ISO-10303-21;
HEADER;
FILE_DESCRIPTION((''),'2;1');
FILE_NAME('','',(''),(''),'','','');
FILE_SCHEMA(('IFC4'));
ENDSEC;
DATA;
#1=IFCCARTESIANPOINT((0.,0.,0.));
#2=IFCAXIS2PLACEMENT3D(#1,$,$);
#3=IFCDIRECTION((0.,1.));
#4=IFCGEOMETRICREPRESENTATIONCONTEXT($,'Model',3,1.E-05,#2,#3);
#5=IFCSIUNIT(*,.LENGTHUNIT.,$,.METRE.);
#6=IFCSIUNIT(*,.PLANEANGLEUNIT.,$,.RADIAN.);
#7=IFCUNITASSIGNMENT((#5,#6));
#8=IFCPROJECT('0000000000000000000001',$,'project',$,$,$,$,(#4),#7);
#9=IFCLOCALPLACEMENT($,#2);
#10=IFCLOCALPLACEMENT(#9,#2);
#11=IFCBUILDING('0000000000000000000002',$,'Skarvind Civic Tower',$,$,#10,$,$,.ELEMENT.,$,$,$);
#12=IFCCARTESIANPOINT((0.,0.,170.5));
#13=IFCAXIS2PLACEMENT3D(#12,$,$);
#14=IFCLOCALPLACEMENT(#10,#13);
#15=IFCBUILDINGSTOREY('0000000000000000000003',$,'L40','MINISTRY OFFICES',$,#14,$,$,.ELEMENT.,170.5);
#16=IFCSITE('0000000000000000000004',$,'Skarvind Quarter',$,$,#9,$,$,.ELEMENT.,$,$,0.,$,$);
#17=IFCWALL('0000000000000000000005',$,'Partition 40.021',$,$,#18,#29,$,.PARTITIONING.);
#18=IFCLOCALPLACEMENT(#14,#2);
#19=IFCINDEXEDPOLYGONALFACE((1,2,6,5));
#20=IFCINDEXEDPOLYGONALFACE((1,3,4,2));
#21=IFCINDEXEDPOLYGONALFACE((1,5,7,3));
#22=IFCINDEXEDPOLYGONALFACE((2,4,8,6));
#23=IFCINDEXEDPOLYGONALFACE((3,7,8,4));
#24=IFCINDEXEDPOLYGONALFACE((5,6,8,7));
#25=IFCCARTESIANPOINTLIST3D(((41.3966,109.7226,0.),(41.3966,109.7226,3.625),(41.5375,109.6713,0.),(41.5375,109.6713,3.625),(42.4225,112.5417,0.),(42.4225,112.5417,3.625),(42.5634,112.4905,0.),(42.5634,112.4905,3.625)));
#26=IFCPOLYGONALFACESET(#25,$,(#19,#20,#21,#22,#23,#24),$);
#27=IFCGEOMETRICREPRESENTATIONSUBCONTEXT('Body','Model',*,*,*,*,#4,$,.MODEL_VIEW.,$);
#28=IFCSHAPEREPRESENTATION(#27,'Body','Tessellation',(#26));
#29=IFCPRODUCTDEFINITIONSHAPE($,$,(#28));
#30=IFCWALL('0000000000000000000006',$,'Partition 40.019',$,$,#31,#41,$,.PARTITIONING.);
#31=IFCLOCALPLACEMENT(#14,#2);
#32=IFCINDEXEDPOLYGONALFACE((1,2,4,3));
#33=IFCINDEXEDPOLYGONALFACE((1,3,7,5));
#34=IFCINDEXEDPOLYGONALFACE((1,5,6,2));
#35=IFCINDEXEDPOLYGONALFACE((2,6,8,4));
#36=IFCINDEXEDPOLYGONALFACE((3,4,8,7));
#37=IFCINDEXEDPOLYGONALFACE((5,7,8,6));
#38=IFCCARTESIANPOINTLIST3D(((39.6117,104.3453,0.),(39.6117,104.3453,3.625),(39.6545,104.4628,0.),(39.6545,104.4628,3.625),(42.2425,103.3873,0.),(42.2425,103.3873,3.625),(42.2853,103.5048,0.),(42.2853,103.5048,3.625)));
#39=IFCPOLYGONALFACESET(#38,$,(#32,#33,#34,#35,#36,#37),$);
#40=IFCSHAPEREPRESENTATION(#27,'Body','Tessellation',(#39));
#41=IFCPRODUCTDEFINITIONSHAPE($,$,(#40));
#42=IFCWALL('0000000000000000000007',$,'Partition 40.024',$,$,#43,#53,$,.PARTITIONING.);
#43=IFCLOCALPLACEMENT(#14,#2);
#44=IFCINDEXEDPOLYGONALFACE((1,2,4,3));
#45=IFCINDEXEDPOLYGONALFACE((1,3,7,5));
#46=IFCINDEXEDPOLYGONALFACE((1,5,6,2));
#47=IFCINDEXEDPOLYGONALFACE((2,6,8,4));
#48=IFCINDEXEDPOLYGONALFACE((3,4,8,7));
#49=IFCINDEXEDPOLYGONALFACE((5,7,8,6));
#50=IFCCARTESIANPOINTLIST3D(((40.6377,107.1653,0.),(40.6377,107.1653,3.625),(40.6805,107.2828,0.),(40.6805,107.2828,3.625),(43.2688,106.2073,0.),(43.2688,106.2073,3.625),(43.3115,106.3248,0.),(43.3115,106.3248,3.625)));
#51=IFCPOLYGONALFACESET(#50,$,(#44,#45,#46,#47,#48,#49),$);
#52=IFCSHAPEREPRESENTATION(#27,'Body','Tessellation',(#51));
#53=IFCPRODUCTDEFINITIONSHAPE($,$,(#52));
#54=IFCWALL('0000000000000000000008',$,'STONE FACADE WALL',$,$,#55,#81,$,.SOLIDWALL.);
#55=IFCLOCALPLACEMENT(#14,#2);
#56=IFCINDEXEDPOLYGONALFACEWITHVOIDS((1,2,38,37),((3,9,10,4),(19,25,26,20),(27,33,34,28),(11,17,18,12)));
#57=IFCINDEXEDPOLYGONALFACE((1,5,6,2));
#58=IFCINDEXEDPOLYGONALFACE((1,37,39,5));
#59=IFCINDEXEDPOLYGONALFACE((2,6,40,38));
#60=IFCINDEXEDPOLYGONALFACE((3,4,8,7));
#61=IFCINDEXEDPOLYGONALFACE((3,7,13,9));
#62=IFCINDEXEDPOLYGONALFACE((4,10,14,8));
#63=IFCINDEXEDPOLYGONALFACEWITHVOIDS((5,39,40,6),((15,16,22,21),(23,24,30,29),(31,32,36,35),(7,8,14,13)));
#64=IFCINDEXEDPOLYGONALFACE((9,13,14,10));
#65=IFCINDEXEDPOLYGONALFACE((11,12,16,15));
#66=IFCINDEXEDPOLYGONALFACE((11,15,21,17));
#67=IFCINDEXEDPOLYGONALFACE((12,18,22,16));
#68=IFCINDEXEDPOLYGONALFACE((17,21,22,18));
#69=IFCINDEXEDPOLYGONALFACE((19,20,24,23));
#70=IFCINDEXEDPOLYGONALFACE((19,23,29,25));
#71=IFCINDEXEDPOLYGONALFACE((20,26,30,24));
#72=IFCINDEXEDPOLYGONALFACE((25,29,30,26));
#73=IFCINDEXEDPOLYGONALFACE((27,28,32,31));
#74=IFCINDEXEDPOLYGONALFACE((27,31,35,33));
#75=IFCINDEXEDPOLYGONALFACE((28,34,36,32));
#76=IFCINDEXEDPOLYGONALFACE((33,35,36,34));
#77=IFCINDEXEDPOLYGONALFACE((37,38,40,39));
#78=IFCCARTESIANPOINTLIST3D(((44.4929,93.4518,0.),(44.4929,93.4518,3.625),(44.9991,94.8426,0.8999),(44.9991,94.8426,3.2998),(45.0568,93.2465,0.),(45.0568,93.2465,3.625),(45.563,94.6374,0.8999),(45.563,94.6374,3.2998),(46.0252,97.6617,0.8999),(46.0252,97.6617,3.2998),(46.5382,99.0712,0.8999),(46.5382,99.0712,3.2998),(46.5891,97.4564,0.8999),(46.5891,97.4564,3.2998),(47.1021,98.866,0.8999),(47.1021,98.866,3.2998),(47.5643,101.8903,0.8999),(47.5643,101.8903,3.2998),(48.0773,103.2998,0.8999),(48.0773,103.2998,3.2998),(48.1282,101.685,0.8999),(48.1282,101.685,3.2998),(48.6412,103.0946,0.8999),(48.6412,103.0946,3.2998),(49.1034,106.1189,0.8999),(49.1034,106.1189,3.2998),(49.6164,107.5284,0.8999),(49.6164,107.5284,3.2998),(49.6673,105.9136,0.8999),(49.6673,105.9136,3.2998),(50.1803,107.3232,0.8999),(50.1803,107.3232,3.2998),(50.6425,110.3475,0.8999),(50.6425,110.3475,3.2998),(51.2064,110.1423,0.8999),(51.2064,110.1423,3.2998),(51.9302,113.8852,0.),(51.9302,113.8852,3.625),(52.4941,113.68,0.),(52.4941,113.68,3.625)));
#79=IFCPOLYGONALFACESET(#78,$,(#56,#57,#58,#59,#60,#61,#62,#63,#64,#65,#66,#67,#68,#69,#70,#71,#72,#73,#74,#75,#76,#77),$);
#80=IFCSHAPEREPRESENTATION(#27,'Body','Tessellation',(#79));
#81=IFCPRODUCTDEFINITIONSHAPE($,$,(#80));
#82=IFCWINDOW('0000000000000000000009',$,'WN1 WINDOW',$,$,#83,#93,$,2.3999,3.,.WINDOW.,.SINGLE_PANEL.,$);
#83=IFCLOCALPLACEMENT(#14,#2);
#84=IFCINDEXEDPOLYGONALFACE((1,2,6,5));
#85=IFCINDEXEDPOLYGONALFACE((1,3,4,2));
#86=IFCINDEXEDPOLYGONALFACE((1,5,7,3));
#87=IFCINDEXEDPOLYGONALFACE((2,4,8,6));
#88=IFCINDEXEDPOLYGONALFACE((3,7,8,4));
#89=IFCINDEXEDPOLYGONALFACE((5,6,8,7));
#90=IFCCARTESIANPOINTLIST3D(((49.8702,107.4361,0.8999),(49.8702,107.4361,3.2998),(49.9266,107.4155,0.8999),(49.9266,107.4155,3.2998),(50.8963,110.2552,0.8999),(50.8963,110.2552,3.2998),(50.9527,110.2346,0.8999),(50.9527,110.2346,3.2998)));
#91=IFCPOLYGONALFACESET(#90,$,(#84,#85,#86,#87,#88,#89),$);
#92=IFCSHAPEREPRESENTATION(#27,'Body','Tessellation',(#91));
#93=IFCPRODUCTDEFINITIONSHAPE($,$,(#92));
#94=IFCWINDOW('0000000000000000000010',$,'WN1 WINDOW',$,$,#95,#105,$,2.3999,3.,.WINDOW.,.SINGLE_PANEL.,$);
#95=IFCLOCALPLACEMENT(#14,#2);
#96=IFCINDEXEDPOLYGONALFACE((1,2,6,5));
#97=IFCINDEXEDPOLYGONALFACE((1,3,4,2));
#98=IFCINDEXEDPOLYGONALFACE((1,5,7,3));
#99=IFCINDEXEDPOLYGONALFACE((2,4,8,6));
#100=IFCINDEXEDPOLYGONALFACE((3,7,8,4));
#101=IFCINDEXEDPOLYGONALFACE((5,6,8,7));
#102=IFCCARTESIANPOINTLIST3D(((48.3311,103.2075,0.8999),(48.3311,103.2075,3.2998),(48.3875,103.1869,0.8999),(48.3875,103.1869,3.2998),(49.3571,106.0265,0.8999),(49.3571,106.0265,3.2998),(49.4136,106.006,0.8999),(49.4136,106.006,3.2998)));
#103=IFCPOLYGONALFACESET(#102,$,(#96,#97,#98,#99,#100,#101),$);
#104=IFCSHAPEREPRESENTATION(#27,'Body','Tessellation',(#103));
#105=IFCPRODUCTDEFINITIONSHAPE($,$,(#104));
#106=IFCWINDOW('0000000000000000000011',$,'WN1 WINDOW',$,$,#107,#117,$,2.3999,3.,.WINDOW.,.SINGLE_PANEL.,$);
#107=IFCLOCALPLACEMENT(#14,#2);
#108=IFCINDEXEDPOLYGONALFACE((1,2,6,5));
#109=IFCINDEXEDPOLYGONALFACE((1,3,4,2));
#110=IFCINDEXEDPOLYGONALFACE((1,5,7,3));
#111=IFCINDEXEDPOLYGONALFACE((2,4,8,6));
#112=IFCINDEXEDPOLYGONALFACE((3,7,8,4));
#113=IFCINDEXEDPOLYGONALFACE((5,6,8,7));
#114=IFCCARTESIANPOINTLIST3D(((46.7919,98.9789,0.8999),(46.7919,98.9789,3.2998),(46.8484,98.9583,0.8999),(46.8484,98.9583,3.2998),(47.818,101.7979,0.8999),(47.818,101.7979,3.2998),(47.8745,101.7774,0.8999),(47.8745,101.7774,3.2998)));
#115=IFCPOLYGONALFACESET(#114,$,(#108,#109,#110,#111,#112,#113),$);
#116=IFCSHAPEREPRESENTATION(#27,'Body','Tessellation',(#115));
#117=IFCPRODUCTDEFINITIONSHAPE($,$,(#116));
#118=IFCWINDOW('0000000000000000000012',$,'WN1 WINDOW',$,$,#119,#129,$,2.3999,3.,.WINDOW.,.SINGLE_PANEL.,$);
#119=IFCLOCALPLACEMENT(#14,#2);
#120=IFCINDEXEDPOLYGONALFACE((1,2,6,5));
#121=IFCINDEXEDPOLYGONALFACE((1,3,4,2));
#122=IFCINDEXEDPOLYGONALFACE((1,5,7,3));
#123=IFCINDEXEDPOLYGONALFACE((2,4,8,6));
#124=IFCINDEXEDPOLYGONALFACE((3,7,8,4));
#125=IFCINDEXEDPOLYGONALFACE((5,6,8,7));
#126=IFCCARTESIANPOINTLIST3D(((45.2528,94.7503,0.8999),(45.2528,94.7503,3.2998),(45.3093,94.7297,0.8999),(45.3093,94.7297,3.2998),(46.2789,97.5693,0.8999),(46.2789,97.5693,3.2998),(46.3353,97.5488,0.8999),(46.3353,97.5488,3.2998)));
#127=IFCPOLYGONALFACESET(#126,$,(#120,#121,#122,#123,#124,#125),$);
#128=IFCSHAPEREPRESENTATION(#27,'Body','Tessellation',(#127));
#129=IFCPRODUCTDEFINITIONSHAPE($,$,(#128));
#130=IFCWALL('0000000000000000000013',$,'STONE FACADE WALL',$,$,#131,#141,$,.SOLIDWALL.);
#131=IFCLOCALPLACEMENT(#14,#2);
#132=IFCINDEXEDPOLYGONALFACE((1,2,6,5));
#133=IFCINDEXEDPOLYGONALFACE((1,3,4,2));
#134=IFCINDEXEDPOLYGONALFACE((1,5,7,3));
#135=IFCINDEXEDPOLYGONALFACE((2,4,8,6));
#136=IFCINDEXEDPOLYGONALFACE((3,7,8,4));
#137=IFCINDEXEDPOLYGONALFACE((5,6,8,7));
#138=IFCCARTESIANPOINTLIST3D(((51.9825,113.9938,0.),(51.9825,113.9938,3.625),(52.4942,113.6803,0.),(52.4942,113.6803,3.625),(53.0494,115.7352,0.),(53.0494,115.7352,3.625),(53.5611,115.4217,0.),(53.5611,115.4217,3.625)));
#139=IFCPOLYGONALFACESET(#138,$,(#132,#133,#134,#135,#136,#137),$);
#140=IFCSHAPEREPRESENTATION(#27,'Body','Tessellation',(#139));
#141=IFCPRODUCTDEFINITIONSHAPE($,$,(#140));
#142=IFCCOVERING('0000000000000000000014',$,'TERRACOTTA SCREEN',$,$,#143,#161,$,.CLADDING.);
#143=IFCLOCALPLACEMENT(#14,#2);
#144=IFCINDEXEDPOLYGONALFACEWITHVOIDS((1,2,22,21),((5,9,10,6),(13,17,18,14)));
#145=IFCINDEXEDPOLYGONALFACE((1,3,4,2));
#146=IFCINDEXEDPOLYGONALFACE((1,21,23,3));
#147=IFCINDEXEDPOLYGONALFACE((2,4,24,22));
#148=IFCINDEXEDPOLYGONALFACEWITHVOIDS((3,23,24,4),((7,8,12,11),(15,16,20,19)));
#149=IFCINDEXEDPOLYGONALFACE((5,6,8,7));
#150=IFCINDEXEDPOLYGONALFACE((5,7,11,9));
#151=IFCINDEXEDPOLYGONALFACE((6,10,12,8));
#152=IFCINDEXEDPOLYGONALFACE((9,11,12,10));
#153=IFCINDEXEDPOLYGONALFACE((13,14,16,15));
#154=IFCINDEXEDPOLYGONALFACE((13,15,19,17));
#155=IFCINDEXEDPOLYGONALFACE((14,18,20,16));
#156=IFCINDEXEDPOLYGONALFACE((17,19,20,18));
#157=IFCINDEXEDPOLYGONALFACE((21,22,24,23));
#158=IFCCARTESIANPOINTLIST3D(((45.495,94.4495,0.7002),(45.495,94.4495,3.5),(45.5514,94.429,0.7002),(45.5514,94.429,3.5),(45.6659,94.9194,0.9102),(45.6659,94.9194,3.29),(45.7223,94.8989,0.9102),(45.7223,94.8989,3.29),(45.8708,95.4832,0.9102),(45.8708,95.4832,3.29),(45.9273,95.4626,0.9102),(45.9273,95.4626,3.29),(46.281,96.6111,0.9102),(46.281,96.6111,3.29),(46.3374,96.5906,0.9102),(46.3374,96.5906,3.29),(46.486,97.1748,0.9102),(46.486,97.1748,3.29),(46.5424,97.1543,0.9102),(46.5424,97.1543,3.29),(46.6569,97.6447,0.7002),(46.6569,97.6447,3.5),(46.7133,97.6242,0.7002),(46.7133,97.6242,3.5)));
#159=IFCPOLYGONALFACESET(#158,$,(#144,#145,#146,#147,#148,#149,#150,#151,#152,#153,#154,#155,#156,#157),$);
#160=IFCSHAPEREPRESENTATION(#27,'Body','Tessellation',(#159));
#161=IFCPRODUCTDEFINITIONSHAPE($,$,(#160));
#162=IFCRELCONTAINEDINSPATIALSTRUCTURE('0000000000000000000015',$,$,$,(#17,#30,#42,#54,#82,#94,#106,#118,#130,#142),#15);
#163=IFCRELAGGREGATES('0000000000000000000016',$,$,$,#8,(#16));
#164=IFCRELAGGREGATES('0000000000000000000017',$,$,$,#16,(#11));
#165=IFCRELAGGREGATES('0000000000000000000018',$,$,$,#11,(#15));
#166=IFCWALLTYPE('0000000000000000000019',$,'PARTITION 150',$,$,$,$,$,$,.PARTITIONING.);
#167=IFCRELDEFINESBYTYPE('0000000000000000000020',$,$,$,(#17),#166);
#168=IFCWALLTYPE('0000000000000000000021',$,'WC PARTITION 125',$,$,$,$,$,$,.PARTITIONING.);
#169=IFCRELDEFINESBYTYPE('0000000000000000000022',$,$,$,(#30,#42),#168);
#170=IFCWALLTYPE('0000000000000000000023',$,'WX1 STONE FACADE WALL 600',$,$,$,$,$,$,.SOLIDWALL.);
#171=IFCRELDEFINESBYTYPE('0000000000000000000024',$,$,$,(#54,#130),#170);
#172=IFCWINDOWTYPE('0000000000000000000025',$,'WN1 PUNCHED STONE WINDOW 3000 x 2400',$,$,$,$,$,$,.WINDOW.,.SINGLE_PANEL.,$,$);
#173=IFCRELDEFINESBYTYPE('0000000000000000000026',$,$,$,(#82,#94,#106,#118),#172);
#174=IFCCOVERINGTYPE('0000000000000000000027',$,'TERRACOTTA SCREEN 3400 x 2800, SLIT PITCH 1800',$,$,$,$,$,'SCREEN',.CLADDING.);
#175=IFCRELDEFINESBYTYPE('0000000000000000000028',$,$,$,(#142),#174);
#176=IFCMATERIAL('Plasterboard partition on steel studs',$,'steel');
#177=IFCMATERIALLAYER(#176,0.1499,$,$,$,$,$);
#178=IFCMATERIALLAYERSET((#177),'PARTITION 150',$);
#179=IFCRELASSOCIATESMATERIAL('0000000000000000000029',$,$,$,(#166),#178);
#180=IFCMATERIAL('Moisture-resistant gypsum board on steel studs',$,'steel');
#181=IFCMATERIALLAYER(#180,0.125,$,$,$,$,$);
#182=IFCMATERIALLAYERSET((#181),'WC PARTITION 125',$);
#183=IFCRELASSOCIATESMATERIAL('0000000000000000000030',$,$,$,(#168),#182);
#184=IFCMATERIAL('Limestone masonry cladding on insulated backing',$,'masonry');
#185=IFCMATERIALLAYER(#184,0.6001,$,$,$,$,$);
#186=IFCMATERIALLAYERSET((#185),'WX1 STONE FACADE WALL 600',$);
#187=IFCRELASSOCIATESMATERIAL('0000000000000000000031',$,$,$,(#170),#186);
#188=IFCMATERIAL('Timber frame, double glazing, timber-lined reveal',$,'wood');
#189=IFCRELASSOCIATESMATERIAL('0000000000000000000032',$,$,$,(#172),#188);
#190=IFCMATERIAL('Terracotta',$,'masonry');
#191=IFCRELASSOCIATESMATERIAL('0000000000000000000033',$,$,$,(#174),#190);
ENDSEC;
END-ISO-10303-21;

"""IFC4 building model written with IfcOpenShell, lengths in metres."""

from ifc_helpers import new_model, si_unit, direction, frame, frame_2d, origin, place, context, subcontext, project, spatial, polyline, rectangle, outline, extrude, material, layer, layer_set, material_profile, profile_set, type_object, element, fill, save


model = new_model("IFC4")

# Units and contexts
model_context = context("Model", 3, precision=1e-05, world=origin(), true_north=direction((0.0, 1.0)))
body_context = subcontext(model_context, "Body", "Model", "MODEL_VIEW")
ifc_project = project(units=[si_unit("LENGTHUNIT", "METRE"), si_unit("PLANEANGLEUNIT", "RADIAN")], contexts=[model_context])

# Site, building, storey
site_placement = place(None, origin())
site = spatial("IfcSite", under=ifc_project, at=site_placement, Name="Skarvind Quarter", CompositionType="ELEMENT", RefElevation=0.0)
building_placement = place(site_placement, origin())
building = spatial("IfcBuilding", under=site, at=building_placement, Name="Skarvind Civic Tower", CompositionType="ELEMENT")
storey_placement = place(building_placement, frame((0.0, 0.0, 170.5)))
storey = spatial("IfcBuildingStorey", under=building, at=storey_placement, Name="L40", Description="MINISTRY OFFICES", CompositionType="ELEMENT", Elevation=170.5)

# Walls
ifc_material_1 = material(Name="Plasterboard partition on steel studs", Category="steel")
ifc_layer_1 = layer(ifc_material_1, 0.1499)
ifc_layer_set_1 = layer_set([ifc_layer_1], Name="PARTITION 150")
wall_type_1 = type_object("IfcWallType", Name="PARTITION 150", PredefinedType="PARTITIONING", material=ifc_layer_set_1)
wall_1_placement = place(storey_placement, frame((42.4929, 112.5161, 0.0), z_axis=(0.0, 0.0, 1.0), x_axis=(-0.341965, -0.939713, 0.0)))
element("IfcWall", 1, at=wall_1_placement, inside=storey, type_object=wall_type_1, Name="Partition 40.021", PredefinedType="PARTITIONING", context=body_context, shape_type="SweptSolid", body=[
    extrude(rectangle(XDim=3.0, YDim=0.1499, at=frame_2d((1.5, 0.0))), origin(), (0.0, 0.0, 1.0), 3.625),
])
ifc_material_2 = material(Name="Moisture-resistant gypsum board on steel studs", Category="steel")
ifc_layer_2 = layer(ifc_material_2, 0.125)
ifc_layer_set_2 = layer_set([ifc_layer_2], Name="WC PARTITION 125")
wall_type_2 = type_object("IfcWallType", Name="WC PARTITION 125", PredefinedType="PARTITIONING", material=ifc_layer_set_2)
wall_2_placement = place(storey_placement, frame((42.2639, 103.446, 0.0), z_axis=(0.0, 0.0, 1.0), x_axis=(-0.939641, 0.342163, 0.0)))
element("IfcWall", 2, at=wall_2_placement, inside=storey, type_object=wall_type_2, Name="Partition 40.019", PredefinedType="PARTITIONING", context=body_context, shape_type="SweptSolid", body=[
    extrude(rectangle(XDim=2.7998, YDim=0.125, at=frame_2d((1.3999, 0.0))), origin(), (0.0, 0.0, 1.0), 3.625),
])
wall_3_placement = place(storey_placement, frame((43.29, 106.2661, 0.0), z_axis=(0.0, 0.0, 1.0), x_axis=(-0.939651, 0.342135, 0.0)))
element("IfcWall", 3, at=wall_3_placement, inside=storey, type_object=wall_type_2, Name="Partition 40.024", PredefinedType="PARTITIONING", context=body_context, shape_type="SweptSolid", body=[
    extrude(rectangle(XDim=2.8, YDim=0.125, at=frame_2d((1.3999, 0.0))), origin(), (0.0, 0.0, 1.0), 3.625),
])

# Wall, openings, windows
ifc_material_3 = material(Name="Limestone masonry cladding on insulated backing", Category="masonry")
ifc_layer_3 = layer(ifc_material_3, 0.6001)
ifc_layer_set_3 = layer_set([ifc_layer_3], Name="WX1 STONE FACADE WALL 600")
wall_type_3 = type_object("IfcWallType", Name="WX1 STONE FACADE WALL 600", PredefinedType="SOLIDWALL", material=ifc_layer_set_3)
wall_4_placement = place(storey_placement, frame((52.2122, 113.7827, 0.0), z_axis=(0.0, 0.0, 1.0), x_axis=(-0.342025, -0.939691, 0.0)))
wall_4 = element("IfcWall", 4, at=wall_4_placement, inside=storey, type_object=wall_type_3, Name="STONE FACADE WALL", PredefinedType="SOLIDWALL", context=body_context, shape_type="SweptSolid", body=[
    extrude(rectangle(XDim=21.7449, YDim=0.6001, at=frame_2d((10.8726, 0.0))), origin(), (0.0, 0.0, 1.0), 3.625),
])
opening_1_placement = place(wall_4_placement, frame((3.7649, 0.0, 0.8999)))
opening_1 = element("IfcOpeningElement", 5, at=opening_1_placement, cuts=wall_4, PredefinedType="OPENING", context=body_context, shape_type="SweptSolid", body=[
    extrude(rectangle(XDim=3.0, YDim=2.3999, at=frame_2d((1.5, 1.2))), frame((0.0, 0.3101, 0.0), z_axis=(0.0, -1.0, 0.0), x_axis=(1.0, 0.0, 0.0)), (0.0, 0.0, 1.0), 0.6201),
])
opening_2_placement = place(wall_4_placement, frame((8.2649, 0.0, 0.8999)))
opening_2 = element("IfcOpeningElement", 6, at=opening_2_placement, cuts=wall_4, PredefinedType="OPENING", context=body_context, shape_type="SweptSolid", body=[
    extrude(rectangle(XDim=3.0, YDim=2.3999, at=frame_2d((1.5, 1.2))), frame((0.0, 0.3101, 0.0), z_axis=(0.0, -1.0, 0.0), x_axis=(1.0, 0.0, 0.0)), (0.0, 0.0, 1.0), 0.6201),
])
opening_3_placement = place(wall_4_placement, frame((12.7649, 0.0, 0.8999)))
opening_3 = element("IfcOpeningElement", 7, at=opening_3_placement, cuts=wall_4, PredefinedType="OPENING", context=body_context, shape_type="SweptSolid", body=[
    extrude(rectangle(XDim=3.0, YDim=2.3999, at=frame_2d((1.5, 1.2))), frame((0.0, 0.3101, 0.0), z_axis=(0.0, -1.0, 0.0), x_axis=(1.0, 0.0, 0.0)), (0.0, 0.0, 1.0), 0.6201),
])
opening_4_placement = place(wall_4_placement, frame((17.2649, 0.0, 0.8999)))
opening_4 = element("IfcOpeningElement", 8, at=opening_4_placement, cuts=wall_4, PredefinedType="OPENING", context=body_context, shape_type="SweptSolid", body=[
    extrude(rectangle(XDim=3.0, YDim=2.3999, at=frame_2d((1.5, 1.2))), frame((0.0, 0.3101, 0.0), z_axis=(0.0, -1.0, 0.0), x_axis=(1.0, 0.0, 0.0)), (0.0, 0.0, 1.0), 0.6201),
])
ifc_material_4 = material(Name="Timber frame, double glazing, timber-lined reveal", Category="wood")
window_type = type_object("IfcWindowType", Name="WN1 PUNCHED STONE WINDOW 3000 x 2400", PartitioningType="SINGLE_PANEL", PredefinedType="WINDOW", material=ifc_material_4)
window_1_placement = place(opening_1_placement, origin())
window_1 = element("IfcWindow", 9, at=window_1_placement, inside=storey, type_object=window_type, Name="WN1 WINDOW", OverallHeight=2.3999, OverallWidth=3.0, PartitioningType="SINGLE_PANEL", PredefinedType="WINDOW", context=body_context, shape_type="SweptSolid", body=[
    extrude(rectangle(XDim=3.0, YDim=2.3999, at=frame_2d((1.5, 1.2))), frame((0.0, 0.03, 0.0), z_axis=(0.0, -1.0, 0.0), x_axis=(1.0, 0.0, 0.0)), (0.0, 0.0, 1.0), 0.0601),
])
fill(opening_1, window_1)
window_2_placement = place(opening_2_placement, origin())
window_2 = element("IfcWindow", 10, at=window_2_placement, inside=storey, type_object=window_type, Name="WN1 WINDOW", OverallHeight=2.3999, OverallWidth=3.0, PartitioningType="SINGLE_PANEL", PredefinedType="WINDOW", context=body_context, shape_type="SweptSolid", body=[
    extrude(rectangle(XDim=3.0, YDim=2.3999, at=frame_2d((1.5, 1.2))), frame((0.0, 0.03, 0.0), z_axis=(0.0, -1.0, 0.0), x_axis=(1.0, 0.0, 0.0)), (0.0, 0.0, 1.0), 0.0601),
])
fill(opening_2, window_2)
window_3_placement = place(opening_3_placement, origin())
window_3 = element("IfcWindow", 11, at=window_3_placement, inside=storey, type_object=window_type, Name="WN1 WINDOW", OverallHeight=2.3999, OverallWidth=3.0, PartitioningType="SINGLE_PANEL", PredefinedType="WINDOW", context=body_context, shape_type="SweptSolid", body=[
    extrude(rectangle(XDim=3.0, YDim=2.3999, at=frame_2d((1.5, 1.2))), frame((0.0, 0.03, 0.0), z_axis=(0.0, -1.0, 0.0), x_axis=(1.0, 0.0, 0.0)), (0.0, 0.0, 1.0), 0.0601),
])
fill(opening_3, window_3)
window_4_placement = place(opening_4_placement, origin())
window_4 = element("IfcWindow", 12, at=window_4_placement, inside=storey, type_object=window_type, Name="WN1 WINDOW", OverallHeight=2.3999, OverallWidth=3.0, PartitioningType="SINGLE_PANEL", PredefinedType="WINDOW", context=body_context, shape_type="SweptSolid", body=[
    extrude(rectangle(XDim=3.0, YDim=2.3999, at=frame_2d((1.5, 1.2))), frame((0.0, 0.03, 0.0), z_axis=(0.0, -1.0, 0.0), x_axis=(1.0, 0.0, 0.0)), (0.0, 0.0, 1.0), 0.0601),
])
fill(opening_4, window_4)

# Wall
wall_5_placement = place(storey_placement, frame((53.3052, 115.5784, 0.0), z_axis=(0.0, 0.0, 1.0), x_axis=(-0.522402, -0.852699, 0.0)))
element("IfcWall", 13, at=wall_5_placement, inside=storey, type_object=wall_type_3, Name="STONE FACADE WALL", PredefinedType="SOLIDWALL", context=body_context, shape_type="SweptSolid", body=[
    extrude(rectangle(XDim=2.0422, YDim=0.6001, at=frame_2d((1.021, 0.0))), origin(), (0.0, 0.0, 1.0), 3.625),
])

# Covering
ifc_material_5 = material(Name="Terracotta", Category="masonry")
ifc_material_profile_1 = material_profile(ifc_material_5, outline(polyline([(-1.7, -1.3999), (1.7, -1.3999), (1.7, 1.3999), (-1.7, 1.3999), (-1.7, -1.3999)]), holes=[polyline([(-1.2, -1.1899), (-0.6001, -1.1899), (-0.6001, 1.1899), (-1.2, 1.1899), (-1.2, -1.1899)]), polyline([(0.6001, -1.1899), (1.2, -1.1899), (1.2, 1.1899), (0.6001, 1.1899), (0.6001, -1.1899)])]), Name="TERRACOTTA SCREEN 3400 x 2800, SLIT PITCH 1800")
ifc_profile_set_1 = profile_set([ifc_material_profile_1], Name="Terracotta")
covering_type = type_object("IfcCoveringType", Name="TERRACOTTA SCREEN 3400 x 2800, SLIT PITCH 1800", ElementType="SCREEN", PredefinedType="CLADDING", material=ifc_profile_set_1)
covering_placement = place(storey_placement, frame((46.0759, 96.0471, 2.1001), z_axis=(0.939793, -0.341743, 0.0), x_axis=(0.341743, 0.939793, 0.0)))
element("IfcCovering", 14, at=covering_placement, inside=storey, type_object=covering_type, Name="TERRACOTTA SCREEN", PredefinedType="CLADDING", context=body_context, shape_type="SweptSolid", body=[
    extrude(outline(polyline([(-1.7, -1.3999), (1.7, -1.3999), (1.7, 1.3999), (-1.7, 1.3999), (-1.7, -1.3999)]), holes=[polyline([(-1.2, -1.1899), (-0.6001, -1.1899), (-0.6001, 1.1899), (-1.2, 1.1899), (-1.2, -1.1899)]), polyline([(0.6001, -1.1899), (1.2, -1.1899), (1.2, 1.1899), (0.6001, 1.1899), (0.6001, -1.1899)])]), origin(), (0.0, 0.0, 1.0), 0.0601),
])

save(model, "model.ifc")
